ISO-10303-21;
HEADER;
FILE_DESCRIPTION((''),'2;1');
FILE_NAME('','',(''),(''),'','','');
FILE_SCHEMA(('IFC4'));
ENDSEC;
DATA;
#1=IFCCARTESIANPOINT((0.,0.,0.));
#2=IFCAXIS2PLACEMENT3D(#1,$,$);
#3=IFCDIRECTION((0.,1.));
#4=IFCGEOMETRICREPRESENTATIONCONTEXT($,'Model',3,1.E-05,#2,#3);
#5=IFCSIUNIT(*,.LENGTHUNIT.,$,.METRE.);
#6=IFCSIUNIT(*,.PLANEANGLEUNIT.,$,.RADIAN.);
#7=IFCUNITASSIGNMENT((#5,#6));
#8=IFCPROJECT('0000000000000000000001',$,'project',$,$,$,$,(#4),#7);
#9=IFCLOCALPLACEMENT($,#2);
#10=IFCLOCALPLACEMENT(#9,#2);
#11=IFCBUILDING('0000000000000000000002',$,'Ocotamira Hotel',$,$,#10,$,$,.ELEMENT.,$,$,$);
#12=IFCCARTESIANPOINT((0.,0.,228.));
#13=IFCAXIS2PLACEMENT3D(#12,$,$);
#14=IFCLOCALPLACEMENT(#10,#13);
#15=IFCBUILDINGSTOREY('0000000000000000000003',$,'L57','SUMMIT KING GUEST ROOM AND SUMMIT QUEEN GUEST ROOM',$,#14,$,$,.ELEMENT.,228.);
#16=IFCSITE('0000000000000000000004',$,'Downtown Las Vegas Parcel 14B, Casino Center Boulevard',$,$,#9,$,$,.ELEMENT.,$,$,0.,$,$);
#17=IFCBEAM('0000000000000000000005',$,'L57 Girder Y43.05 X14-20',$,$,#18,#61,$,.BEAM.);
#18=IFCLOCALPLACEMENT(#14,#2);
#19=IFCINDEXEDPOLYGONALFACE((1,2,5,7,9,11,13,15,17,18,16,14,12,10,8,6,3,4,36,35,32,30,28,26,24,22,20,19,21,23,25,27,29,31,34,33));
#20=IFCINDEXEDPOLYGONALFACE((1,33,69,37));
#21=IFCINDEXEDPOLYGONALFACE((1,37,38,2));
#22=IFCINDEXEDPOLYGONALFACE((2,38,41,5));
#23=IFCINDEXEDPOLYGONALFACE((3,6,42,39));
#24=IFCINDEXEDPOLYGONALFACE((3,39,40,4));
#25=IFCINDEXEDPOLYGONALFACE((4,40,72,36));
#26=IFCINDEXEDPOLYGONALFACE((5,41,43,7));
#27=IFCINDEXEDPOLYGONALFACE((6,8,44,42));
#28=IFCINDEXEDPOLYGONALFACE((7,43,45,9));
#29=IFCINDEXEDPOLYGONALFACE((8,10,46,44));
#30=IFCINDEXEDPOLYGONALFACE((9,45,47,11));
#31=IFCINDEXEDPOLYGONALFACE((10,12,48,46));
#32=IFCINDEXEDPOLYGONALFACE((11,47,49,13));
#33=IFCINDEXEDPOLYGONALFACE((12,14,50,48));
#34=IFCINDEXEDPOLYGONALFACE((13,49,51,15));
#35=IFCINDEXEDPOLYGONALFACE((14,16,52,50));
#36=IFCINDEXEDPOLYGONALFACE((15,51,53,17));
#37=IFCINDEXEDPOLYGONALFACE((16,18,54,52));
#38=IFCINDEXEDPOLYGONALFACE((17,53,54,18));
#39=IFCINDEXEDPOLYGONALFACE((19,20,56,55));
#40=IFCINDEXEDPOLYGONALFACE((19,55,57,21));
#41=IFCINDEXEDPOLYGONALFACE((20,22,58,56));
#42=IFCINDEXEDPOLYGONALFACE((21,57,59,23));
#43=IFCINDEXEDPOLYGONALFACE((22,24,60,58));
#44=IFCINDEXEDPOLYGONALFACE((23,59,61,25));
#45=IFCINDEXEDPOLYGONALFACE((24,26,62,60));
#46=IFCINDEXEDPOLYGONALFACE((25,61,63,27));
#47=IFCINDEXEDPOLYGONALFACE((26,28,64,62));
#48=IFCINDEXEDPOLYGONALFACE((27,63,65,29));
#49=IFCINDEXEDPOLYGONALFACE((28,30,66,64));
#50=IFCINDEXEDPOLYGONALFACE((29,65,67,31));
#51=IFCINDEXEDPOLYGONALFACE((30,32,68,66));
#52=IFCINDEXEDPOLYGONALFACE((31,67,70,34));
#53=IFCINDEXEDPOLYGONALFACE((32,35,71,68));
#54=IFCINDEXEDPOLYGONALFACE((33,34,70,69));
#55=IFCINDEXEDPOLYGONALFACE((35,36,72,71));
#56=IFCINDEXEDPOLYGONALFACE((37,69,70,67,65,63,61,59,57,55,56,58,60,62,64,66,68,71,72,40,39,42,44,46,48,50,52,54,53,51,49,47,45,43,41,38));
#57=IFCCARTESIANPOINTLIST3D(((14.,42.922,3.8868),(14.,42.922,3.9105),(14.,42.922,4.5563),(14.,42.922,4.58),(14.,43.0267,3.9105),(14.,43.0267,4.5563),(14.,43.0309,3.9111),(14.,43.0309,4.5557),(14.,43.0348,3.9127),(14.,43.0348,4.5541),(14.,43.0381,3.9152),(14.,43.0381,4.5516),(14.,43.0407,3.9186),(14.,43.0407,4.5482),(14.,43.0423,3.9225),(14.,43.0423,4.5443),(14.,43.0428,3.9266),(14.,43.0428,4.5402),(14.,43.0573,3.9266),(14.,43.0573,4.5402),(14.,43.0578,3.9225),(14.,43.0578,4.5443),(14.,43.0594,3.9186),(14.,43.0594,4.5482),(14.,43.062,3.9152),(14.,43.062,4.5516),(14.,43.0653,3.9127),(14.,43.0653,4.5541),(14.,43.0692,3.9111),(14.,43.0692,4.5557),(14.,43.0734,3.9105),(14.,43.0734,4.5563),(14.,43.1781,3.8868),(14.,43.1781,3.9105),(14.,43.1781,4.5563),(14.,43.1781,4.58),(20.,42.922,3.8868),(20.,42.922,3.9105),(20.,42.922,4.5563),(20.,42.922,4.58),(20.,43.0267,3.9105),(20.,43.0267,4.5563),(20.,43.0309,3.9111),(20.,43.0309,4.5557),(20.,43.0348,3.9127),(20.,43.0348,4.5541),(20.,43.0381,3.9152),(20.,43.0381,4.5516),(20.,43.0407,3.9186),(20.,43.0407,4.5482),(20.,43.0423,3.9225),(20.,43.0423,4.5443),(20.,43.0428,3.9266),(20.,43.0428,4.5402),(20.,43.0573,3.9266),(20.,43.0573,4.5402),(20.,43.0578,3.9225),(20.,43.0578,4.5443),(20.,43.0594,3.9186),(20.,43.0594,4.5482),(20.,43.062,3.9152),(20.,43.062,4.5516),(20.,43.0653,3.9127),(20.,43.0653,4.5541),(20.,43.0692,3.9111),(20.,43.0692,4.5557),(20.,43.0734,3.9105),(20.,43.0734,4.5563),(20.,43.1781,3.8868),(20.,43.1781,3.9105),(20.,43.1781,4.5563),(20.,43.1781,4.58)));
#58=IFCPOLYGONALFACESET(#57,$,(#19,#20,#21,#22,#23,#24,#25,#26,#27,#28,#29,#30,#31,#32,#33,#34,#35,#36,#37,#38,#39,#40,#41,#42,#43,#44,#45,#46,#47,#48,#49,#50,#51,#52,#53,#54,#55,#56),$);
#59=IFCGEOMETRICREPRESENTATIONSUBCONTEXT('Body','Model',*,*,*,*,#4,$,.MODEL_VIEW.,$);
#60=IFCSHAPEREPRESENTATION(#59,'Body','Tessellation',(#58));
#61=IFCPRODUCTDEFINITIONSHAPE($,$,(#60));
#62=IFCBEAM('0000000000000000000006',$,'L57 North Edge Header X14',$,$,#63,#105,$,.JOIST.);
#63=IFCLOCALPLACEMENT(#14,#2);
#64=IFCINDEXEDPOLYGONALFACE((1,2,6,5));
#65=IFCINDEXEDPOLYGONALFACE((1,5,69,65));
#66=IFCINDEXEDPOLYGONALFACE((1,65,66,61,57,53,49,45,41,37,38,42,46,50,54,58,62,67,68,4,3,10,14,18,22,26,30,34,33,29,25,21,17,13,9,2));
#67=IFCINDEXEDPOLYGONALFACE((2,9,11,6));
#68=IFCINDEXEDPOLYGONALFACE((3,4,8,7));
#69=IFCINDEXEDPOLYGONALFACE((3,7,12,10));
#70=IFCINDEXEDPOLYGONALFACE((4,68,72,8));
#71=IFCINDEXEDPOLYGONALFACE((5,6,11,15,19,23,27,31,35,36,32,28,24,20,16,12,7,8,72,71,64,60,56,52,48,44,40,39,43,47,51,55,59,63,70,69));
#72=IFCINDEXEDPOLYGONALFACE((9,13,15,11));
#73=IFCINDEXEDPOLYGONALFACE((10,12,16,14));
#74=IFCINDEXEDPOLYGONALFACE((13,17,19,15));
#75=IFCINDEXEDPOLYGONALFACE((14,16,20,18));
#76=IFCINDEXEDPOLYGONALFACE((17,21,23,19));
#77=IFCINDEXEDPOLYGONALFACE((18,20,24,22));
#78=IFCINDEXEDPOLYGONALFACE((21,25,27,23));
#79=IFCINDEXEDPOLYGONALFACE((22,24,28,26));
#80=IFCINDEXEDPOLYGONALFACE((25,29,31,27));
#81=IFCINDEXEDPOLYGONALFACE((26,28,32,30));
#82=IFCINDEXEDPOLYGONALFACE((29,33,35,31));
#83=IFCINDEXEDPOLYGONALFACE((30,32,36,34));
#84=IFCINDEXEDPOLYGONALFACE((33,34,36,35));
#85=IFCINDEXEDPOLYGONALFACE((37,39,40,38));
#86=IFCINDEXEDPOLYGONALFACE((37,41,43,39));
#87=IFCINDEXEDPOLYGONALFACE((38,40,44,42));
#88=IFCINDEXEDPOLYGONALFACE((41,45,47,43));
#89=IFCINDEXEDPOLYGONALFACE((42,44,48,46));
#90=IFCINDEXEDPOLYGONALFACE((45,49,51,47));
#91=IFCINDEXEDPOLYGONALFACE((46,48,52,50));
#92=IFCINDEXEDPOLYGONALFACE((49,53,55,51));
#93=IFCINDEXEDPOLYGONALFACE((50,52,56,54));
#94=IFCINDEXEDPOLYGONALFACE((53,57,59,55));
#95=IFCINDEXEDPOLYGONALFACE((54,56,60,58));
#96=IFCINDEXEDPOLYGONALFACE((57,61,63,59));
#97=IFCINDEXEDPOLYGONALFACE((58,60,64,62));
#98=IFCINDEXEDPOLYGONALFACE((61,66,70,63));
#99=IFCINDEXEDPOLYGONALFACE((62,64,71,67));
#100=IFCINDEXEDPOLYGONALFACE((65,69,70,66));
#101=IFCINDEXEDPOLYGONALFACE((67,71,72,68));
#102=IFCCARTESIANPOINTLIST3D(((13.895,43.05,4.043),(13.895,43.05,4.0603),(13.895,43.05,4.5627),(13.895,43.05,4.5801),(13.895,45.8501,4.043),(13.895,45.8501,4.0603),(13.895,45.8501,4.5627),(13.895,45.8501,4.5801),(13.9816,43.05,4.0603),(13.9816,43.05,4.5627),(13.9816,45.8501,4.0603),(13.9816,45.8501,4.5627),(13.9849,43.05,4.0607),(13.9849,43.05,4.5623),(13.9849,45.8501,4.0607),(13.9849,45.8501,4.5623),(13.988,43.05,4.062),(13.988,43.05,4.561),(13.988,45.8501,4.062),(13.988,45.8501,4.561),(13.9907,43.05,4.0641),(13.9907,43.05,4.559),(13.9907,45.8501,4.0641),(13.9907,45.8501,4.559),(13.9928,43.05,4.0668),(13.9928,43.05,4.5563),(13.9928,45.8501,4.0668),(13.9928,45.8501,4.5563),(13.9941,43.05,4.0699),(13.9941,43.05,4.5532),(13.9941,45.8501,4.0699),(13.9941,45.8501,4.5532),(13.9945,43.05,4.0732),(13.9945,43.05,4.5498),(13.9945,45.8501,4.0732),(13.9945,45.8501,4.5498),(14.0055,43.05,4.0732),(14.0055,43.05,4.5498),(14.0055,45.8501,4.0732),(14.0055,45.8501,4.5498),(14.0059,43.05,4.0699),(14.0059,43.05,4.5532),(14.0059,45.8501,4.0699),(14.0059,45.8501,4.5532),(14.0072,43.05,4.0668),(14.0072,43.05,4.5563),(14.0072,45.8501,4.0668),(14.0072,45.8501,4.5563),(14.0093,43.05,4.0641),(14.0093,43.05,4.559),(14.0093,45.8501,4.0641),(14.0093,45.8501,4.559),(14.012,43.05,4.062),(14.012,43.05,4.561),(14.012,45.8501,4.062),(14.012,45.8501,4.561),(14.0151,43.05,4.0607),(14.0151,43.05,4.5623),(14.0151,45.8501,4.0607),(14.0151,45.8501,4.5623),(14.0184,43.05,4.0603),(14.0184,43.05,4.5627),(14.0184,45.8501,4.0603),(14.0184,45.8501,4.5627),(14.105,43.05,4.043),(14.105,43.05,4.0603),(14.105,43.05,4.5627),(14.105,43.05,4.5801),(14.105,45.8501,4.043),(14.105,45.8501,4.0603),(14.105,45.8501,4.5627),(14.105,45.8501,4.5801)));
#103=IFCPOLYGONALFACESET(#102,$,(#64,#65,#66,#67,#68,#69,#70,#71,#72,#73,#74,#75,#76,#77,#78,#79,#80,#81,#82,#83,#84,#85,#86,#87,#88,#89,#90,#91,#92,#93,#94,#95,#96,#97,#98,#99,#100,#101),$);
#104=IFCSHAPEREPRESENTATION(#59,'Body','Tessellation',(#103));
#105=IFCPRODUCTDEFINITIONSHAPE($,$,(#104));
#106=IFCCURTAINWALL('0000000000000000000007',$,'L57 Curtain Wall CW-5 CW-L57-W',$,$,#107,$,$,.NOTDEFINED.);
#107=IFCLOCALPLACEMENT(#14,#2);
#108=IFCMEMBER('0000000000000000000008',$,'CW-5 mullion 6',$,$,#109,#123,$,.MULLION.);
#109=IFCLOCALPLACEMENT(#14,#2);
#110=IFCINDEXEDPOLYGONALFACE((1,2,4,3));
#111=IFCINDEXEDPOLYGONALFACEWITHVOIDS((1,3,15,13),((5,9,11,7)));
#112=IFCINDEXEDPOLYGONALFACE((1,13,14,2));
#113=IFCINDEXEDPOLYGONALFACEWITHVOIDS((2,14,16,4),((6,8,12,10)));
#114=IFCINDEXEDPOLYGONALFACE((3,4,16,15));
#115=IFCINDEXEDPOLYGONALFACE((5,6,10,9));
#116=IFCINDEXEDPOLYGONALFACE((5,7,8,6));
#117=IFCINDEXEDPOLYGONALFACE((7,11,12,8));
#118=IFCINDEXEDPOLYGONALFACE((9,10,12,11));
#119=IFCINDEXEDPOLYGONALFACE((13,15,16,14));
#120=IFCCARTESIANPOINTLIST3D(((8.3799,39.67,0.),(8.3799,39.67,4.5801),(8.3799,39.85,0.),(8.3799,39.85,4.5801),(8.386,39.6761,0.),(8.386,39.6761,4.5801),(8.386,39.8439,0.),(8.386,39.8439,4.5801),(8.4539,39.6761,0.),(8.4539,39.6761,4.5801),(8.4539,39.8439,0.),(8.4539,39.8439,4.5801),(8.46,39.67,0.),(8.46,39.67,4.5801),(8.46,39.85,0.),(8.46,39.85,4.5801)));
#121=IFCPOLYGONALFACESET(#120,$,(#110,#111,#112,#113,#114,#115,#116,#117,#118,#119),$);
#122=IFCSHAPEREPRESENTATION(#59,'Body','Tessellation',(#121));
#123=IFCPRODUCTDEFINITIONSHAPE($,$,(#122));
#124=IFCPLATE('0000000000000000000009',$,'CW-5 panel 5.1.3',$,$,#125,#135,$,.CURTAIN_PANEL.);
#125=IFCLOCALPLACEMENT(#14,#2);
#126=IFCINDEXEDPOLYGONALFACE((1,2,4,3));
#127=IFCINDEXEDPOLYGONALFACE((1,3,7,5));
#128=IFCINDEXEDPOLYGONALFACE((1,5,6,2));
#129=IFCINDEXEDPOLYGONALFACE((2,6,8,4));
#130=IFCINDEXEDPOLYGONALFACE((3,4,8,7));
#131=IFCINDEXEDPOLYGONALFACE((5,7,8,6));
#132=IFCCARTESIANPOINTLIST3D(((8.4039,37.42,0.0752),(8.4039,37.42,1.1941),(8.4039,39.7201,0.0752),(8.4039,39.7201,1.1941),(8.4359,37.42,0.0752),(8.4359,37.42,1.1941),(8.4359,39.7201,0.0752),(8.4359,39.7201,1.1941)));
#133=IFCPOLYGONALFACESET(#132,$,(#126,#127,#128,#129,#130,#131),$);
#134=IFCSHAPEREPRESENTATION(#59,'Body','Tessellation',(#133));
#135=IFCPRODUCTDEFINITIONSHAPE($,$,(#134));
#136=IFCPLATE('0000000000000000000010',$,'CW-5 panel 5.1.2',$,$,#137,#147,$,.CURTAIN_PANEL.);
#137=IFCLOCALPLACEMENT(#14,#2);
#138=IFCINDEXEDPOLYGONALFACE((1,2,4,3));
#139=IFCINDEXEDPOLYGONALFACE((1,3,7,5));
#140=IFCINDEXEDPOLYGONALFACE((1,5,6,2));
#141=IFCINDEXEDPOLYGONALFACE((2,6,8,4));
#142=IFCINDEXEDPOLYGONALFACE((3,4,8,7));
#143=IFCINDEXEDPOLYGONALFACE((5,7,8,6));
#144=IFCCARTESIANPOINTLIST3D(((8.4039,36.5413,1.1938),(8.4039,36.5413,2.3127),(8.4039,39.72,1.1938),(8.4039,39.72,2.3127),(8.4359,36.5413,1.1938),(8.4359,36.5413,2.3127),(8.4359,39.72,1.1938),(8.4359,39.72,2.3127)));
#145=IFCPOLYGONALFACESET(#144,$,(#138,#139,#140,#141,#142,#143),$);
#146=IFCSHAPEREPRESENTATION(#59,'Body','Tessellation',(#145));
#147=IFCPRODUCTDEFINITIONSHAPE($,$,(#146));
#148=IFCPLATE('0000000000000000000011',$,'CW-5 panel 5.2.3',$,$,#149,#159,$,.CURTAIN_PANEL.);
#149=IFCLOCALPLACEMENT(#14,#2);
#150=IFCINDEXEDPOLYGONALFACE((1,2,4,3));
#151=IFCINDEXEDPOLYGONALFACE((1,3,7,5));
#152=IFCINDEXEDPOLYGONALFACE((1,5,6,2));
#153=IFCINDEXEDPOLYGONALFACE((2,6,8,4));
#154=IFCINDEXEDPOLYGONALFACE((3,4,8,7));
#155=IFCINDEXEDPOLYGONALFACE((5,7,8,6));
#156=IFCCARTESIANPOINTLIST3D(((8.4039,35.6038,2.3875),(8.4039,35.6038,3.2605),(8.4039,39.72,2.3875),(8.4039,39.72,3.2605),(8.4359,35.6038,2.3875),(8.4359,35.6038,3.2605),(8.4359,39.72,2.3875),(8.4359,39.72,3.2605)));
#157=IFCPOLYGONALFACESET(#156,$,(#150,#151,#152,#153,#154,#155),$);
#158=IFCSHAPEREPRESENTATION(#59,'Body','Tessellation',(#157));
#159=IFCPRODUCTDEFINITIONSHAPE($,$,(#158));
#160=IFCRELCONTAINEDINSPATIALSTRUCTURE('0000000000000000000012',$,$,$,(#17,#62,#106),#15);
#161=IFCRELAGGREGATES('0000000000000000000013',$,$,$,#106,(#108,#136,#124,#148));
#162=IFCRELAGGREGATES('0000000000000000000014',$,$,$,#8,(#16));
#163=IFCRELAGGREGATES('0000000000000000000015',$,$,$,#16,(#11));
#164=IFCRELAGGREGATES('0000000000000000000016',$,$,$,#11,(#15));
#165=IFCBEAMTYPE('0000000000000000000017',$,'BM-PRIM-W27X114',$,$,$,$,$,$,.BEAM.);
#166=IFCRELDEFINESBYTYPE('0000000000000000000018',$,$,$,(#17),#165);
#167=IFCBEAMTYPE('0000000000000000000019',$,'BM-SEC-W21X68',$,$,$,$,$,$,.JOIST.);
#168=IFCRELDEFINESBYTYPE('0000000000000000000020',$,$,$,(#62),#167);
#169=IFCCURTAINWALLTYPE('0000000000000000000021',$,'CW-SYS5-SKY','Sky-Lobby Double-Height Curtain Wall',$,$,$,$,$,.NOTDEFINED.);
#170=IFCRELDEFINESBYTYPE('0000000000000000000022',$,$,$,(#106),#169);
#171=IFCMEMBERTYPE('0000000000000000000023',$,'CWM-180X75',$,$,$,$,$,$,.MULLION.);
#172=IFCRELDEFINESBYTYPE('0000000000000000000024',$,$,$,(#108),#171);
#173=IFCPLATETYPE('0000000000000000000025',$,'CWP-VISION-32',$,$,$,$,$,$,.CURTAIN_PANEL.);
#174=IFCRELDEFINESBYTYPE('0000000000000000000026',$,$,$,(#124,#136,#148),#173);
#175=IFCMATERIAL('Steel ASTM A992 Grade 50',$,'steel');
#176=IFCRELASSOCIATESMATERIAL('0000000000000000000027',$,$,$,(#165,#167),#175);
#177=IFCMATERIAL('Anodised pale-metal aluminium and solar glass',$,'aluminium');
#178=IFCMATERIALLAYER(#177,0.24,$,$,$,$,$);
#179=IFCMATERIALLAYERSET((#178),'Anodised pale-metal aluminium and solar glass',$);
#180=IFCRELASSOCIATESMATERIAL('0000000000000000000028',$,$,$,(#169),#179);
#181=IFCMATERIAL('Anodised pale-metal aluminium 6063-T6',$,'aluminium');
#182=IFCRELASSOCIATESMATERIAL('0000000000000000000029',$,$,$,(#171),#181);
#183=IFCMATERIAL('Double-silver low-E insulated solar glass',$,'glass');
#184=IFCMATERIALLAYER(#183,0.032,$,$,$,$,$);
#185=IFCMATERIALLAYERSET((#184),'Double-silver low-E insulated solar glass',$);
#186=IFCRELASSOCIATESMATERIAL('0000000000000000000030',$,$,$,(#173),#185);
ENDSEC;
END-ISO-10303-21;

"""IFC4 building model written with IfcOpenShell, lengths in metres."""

from ifc_helpers import new_model, si_unit, direction, frame, origin, origin_2d, place, context, subcontext, project, spatial, rectangle, hollow_rectangle, i_section, extrude, source, transform, mapped, material, layer, layer_set, material_profile, profile_set, type_object, element, aggregate, save


model = new_model("IFC4")

# Units and contexts
model_context = context("Model", 3, precision=1e-05, world=origin(), true_north=direction((0.0, 1.0)))
body_context = subcontext(model_context, "Body", "Model", "MODEL_VIEW")
ifc_project = project(units=[si_unit("LENGTHUNIT", "METRE"), si_unit("PLANEANGLEUNIT", "RADIAN")], contexts=[model_context])

# Site, building, storey
site_placement = place(None, origin())
site = spatial("IfcSite", under=ifc_project, at=site_placement, Name="Downtown Las Vegas Parcel 14B, Casino Center Boulevard", CompositionType="ELEMENT", RefElevation=0.0)
building_placement = place(site_placement, origin())
building = spatial("IfcBuilding", under=site, at=building_placement, Name="Ocotamira Hotel", CompositionType="ELEMENT")
storey_placement = place(building_placement, frame((0.0, 0.0, 228.0)))
storey = spatial("IfcBuildingStorey", under=building, at=storey_placement, Name="L57", Description="SUMMIT KING GUEST ROOM AND SUMMIT QUEEN GUEST ROOM", CompositionType="ELEMENT", Elevation=228.0)

# Beams
ifc_material_1 = material(Name="Steel ASTM A992 Grade 50", Category="steel")
ifc_material_profile_1 = material_profile(ifc_material_1, i_section(OverallWidth=0.2561, OverallDepth=0.6931, WebThickness=0.0144, FlangeThickness=0.0237, FilletRadius=0.0161, at=origin_2d()), Name="W27X114")
ifc_profile_set_1 = profile_set([ifc_material_profile_1], Name="Steel ASTM A992 Grade 50")
beam_type_1 = type_object("IfcBeamType", Name="BM-PRIM-W27X114", PredefinedType="BEAM", material=ifc_profile_set_1)
shared_shape_1 = source(origin(), body_context, "Body", "SweptSolid", [
    extrude(i_section(OverallWidth=0.2561, OverallDepth=0.6931, WebThickness=0.0144, FlangeThickness=0.0237, FilletRadius=0.0161, at=origin_2d()), origin(), (0.0, 0.0, 1.0), 6.0),
])
beam_1_placement = place(storey_placement, frame((14.0, 43.05, 4.2334), z_axis=(1.0, 0.0, 0.0), x_axis=(0.0, 1.0, 0.0)))
element("IfcBeam", 1, at=beam_1_placement, inside=storey, type_object=beam_type_1, Name="L57 Girder Y43.05 X14-20", PredefinedType="BEAM", context=body_context, shape_type="MappedRepresentation", body=[
    mapped(shared_shape_1, transform((0.0, 0.0, 0.0), scale=1.0)),
])
ifc_material_profile_2 = material_profile(ifc_material_1, i_section(OverallWidth=0.21, OverallDepth=0.5371, WebThickness=0.011, FlangeThickness=0.0173, FilletRadius=0.0129, at=origin_2d()), Name="W21X68")
ifc_profile_set_2 = profile_set([ifc_material_profile_2], Name="Steel ASTM A992 Grade 50")
beam_type_2 = type_object("IfcBeamType", Name="BM-SEC-W21X68", PredefinedType="JOIST", material=ifc_profile_set_2)
shared_shape_2 = source(origin(), body_context, "Body", "SweptSolid", [
    extrude(i_section(OverallWidth=0.21, OverallDepth=0.5371, WebThickness=0.011, FlangeThickness=0.0173, FilletRadius=0.0129, at=origin_2d()), origin(), (0.0, 0.0, 1.0), 2.8),
])
beam_2_placement = place(storey_placement, frame((14.0, 43.05, 4.3115), z_axis=(0.0, 1.0, 0.0), x_axis=(-1.0, 0.0, 0.0)))
element("IfcBeam", 2, at=beam_2_placement, inside=storey, type_object=beam_type_2, Name="L57 North Edge Header X14", PredefinedType="JOIST", context=body_context, shape_type="MappedRepresentation", body=[
    mapped(shared_shape_2, transform((0.0, 0.0, 0.0), scale=1.0)),
])

# Curtain wall, member, plates
ifc_material_2 = material(Name="Anodised pale-metal aluminium and solar glass", Category="aluminium")
ifc_layer_1 = layer(ifc_material_2, 0.24)
ifc_layer_set_1 = layer_set([ifc_layer_1], Name="Anodised pale-metal aluminium and solar glass")
curtain_wall_type = type_object("IfcCurtainWallType", Name="CW-SYS5-SKY", Description="Sky-Lobby Double-Height Curtain Wall", PredefinedType="NOTDEFINED", material=ifc_layer_set_1)
curtain_wall_placement = place(storey_placement, origin())
curtain_wall = element("IfcCurtainWall", 3, at=curtain_wall_placement, inside=storey, type_object=curtain_wall_type, Name="L57 Curtain Wall CW-5 CW-L57-W", PredefinedType="NOTDEFINED")
ifc_material_3 = material(Name="Anodised pale-metal aluminium 6063-T6", Category="aluminium")
ifc_material_profile_3 = material_profile(ifc_material_3, hollow_rectangle(XDim=0.0801, YDim=0.1799, WallThickness=0.0061, at=origin_2d()), Name="HSS180X80X6")
ifc_profile_set_3 = profile_set([ifc_material_profile_3], Name="Anodised pale-metal aluminium 6063-T6")
member_type = type_object("IfcMemberType", Name="CWM-180X75", PredefinedType="MULLION", material=ifc_profile_set_3)
shared_shape_3 = source(origin(), body_context, "Body", "SweptSolid", [
    extrude(hollow_rectangle(XDim=0.0801, YDim=0.1799, WallThickness=0.0061, at=origin_2d()), origin(), (0.0, 0.0, 1.0), 4.5801),
])
member_placement = place(storey_placement, frame((8.4199, 39.76, 0.0), z_axis=(0.0, 0.0, 1.0), x_axis=(-1.0, 0.0, 0.0)))
member = element("IfcMember", 4, at=member_placement, type_object=member_type, Name="CW-5 mullion 6", PredefinedType="MULLION", context=body_context, shape_type="MappedRepresentation", body=[
    mapped(shared_shape_3, transform((0.0, 0.0, 0.0), scale=1.0)),
])
ifc_material_4 = material(Name="Double-silver low-E insulated solar glass", Category="glass")
ifc_layer_2 = layer(ifc_material_4, 0.032)
ifc_layer_set_2 = layer_set([ifc_layer_2], Name="Double-silver low-E insulated solar glass")
plate_type = type_object("IfcPlateType", Name="CWP-VISION-32", PredefinedType="CURTAIN_PANEL", material=ifc_layer_set_2)
shared_shape_4 = source(origin(), body_context, "Body", "SweptSolid", [
    extrude(rectangle(XDim=2.3, YDim=0.032, at=origin_2d()), origin(), (0.0, 0.0, 1.0), 1.1189),
])
plate_1_placement = place(storey_placement, frame((8.4199, 38.5701, 0.0752), z_axis=(0.0, 0.0, 1.0), x_axis=(0.0, 1.0, 0.0)))
plate_1 = element("IfcPlate", 5, at=plate_1_placement, type_object=plate_type, Name="CW-5 panel 5.1.3", PredefinedType="CURTAIN_PANEL", context=body_context, shape_type="MappedRepresentation", body=[
    mapped(shared_shape_4, transform((0.0, 0.0, 0.0), scale=1.0)),
])
shared_shape_5 = source(origin(), body_context, "Body", "SweptSolid", [
    extrude(rectangle(XDim=3.1787, YDim=0.032, at=origin_2d()), origin(), (0.0, 0.0, 1.0), 1.1189),
])
plate_2_placement = place(storey_placement, frame((8.4199, 38.1306, 1.1938), z_axis=(0.0, 0.0, 1.0), x_axis=(0.0, 1.0, 0.0)))
plate_2 = element("IfcPlate", 6, at=plate_2_placement, type_object=plate_type, Name="CW-5 panel 5.1.2", PredefinedType="CURTAIN_PANEL", context=body_context, shape_type="MappedRepresentation", body=[
    mapped(shared_shape_5, transform((0.0, 0.0, 0.0), scale=1.0)),
])
shared_shape_6 = source(origin(), body_context, "Body", "SweptSolid", [
    extrude(rectangle(XDim=4.1162, YDim=0.032, at=origin_2d()), origin(), (0.0, 0.0, 1.0), 0.873),
])
plate_3_placement = place(storey_placement, frame((8.4199, 37.6619, 2.3875), z_axis=(0.0, 0.0, 1.0), x_axis=(0.0, 1.0, 0.0)))
plate_3 = element("IfcPlate", 7, at=plate_3_placement, type_object=plate_type, Name="CW-5 panel 5.2.3", PredefinedType="CURTAIN_PANEL", context=body_context, shape_type="MappedRepresentation", body=[
    mapped(shared_shape_6, transform((0.0, 0.0, 0.0), scale=1.0)),
])
aggregate(curtain_wall, [member, plate_2, plate_1, plate_3])

save(model, "model.ifc")
